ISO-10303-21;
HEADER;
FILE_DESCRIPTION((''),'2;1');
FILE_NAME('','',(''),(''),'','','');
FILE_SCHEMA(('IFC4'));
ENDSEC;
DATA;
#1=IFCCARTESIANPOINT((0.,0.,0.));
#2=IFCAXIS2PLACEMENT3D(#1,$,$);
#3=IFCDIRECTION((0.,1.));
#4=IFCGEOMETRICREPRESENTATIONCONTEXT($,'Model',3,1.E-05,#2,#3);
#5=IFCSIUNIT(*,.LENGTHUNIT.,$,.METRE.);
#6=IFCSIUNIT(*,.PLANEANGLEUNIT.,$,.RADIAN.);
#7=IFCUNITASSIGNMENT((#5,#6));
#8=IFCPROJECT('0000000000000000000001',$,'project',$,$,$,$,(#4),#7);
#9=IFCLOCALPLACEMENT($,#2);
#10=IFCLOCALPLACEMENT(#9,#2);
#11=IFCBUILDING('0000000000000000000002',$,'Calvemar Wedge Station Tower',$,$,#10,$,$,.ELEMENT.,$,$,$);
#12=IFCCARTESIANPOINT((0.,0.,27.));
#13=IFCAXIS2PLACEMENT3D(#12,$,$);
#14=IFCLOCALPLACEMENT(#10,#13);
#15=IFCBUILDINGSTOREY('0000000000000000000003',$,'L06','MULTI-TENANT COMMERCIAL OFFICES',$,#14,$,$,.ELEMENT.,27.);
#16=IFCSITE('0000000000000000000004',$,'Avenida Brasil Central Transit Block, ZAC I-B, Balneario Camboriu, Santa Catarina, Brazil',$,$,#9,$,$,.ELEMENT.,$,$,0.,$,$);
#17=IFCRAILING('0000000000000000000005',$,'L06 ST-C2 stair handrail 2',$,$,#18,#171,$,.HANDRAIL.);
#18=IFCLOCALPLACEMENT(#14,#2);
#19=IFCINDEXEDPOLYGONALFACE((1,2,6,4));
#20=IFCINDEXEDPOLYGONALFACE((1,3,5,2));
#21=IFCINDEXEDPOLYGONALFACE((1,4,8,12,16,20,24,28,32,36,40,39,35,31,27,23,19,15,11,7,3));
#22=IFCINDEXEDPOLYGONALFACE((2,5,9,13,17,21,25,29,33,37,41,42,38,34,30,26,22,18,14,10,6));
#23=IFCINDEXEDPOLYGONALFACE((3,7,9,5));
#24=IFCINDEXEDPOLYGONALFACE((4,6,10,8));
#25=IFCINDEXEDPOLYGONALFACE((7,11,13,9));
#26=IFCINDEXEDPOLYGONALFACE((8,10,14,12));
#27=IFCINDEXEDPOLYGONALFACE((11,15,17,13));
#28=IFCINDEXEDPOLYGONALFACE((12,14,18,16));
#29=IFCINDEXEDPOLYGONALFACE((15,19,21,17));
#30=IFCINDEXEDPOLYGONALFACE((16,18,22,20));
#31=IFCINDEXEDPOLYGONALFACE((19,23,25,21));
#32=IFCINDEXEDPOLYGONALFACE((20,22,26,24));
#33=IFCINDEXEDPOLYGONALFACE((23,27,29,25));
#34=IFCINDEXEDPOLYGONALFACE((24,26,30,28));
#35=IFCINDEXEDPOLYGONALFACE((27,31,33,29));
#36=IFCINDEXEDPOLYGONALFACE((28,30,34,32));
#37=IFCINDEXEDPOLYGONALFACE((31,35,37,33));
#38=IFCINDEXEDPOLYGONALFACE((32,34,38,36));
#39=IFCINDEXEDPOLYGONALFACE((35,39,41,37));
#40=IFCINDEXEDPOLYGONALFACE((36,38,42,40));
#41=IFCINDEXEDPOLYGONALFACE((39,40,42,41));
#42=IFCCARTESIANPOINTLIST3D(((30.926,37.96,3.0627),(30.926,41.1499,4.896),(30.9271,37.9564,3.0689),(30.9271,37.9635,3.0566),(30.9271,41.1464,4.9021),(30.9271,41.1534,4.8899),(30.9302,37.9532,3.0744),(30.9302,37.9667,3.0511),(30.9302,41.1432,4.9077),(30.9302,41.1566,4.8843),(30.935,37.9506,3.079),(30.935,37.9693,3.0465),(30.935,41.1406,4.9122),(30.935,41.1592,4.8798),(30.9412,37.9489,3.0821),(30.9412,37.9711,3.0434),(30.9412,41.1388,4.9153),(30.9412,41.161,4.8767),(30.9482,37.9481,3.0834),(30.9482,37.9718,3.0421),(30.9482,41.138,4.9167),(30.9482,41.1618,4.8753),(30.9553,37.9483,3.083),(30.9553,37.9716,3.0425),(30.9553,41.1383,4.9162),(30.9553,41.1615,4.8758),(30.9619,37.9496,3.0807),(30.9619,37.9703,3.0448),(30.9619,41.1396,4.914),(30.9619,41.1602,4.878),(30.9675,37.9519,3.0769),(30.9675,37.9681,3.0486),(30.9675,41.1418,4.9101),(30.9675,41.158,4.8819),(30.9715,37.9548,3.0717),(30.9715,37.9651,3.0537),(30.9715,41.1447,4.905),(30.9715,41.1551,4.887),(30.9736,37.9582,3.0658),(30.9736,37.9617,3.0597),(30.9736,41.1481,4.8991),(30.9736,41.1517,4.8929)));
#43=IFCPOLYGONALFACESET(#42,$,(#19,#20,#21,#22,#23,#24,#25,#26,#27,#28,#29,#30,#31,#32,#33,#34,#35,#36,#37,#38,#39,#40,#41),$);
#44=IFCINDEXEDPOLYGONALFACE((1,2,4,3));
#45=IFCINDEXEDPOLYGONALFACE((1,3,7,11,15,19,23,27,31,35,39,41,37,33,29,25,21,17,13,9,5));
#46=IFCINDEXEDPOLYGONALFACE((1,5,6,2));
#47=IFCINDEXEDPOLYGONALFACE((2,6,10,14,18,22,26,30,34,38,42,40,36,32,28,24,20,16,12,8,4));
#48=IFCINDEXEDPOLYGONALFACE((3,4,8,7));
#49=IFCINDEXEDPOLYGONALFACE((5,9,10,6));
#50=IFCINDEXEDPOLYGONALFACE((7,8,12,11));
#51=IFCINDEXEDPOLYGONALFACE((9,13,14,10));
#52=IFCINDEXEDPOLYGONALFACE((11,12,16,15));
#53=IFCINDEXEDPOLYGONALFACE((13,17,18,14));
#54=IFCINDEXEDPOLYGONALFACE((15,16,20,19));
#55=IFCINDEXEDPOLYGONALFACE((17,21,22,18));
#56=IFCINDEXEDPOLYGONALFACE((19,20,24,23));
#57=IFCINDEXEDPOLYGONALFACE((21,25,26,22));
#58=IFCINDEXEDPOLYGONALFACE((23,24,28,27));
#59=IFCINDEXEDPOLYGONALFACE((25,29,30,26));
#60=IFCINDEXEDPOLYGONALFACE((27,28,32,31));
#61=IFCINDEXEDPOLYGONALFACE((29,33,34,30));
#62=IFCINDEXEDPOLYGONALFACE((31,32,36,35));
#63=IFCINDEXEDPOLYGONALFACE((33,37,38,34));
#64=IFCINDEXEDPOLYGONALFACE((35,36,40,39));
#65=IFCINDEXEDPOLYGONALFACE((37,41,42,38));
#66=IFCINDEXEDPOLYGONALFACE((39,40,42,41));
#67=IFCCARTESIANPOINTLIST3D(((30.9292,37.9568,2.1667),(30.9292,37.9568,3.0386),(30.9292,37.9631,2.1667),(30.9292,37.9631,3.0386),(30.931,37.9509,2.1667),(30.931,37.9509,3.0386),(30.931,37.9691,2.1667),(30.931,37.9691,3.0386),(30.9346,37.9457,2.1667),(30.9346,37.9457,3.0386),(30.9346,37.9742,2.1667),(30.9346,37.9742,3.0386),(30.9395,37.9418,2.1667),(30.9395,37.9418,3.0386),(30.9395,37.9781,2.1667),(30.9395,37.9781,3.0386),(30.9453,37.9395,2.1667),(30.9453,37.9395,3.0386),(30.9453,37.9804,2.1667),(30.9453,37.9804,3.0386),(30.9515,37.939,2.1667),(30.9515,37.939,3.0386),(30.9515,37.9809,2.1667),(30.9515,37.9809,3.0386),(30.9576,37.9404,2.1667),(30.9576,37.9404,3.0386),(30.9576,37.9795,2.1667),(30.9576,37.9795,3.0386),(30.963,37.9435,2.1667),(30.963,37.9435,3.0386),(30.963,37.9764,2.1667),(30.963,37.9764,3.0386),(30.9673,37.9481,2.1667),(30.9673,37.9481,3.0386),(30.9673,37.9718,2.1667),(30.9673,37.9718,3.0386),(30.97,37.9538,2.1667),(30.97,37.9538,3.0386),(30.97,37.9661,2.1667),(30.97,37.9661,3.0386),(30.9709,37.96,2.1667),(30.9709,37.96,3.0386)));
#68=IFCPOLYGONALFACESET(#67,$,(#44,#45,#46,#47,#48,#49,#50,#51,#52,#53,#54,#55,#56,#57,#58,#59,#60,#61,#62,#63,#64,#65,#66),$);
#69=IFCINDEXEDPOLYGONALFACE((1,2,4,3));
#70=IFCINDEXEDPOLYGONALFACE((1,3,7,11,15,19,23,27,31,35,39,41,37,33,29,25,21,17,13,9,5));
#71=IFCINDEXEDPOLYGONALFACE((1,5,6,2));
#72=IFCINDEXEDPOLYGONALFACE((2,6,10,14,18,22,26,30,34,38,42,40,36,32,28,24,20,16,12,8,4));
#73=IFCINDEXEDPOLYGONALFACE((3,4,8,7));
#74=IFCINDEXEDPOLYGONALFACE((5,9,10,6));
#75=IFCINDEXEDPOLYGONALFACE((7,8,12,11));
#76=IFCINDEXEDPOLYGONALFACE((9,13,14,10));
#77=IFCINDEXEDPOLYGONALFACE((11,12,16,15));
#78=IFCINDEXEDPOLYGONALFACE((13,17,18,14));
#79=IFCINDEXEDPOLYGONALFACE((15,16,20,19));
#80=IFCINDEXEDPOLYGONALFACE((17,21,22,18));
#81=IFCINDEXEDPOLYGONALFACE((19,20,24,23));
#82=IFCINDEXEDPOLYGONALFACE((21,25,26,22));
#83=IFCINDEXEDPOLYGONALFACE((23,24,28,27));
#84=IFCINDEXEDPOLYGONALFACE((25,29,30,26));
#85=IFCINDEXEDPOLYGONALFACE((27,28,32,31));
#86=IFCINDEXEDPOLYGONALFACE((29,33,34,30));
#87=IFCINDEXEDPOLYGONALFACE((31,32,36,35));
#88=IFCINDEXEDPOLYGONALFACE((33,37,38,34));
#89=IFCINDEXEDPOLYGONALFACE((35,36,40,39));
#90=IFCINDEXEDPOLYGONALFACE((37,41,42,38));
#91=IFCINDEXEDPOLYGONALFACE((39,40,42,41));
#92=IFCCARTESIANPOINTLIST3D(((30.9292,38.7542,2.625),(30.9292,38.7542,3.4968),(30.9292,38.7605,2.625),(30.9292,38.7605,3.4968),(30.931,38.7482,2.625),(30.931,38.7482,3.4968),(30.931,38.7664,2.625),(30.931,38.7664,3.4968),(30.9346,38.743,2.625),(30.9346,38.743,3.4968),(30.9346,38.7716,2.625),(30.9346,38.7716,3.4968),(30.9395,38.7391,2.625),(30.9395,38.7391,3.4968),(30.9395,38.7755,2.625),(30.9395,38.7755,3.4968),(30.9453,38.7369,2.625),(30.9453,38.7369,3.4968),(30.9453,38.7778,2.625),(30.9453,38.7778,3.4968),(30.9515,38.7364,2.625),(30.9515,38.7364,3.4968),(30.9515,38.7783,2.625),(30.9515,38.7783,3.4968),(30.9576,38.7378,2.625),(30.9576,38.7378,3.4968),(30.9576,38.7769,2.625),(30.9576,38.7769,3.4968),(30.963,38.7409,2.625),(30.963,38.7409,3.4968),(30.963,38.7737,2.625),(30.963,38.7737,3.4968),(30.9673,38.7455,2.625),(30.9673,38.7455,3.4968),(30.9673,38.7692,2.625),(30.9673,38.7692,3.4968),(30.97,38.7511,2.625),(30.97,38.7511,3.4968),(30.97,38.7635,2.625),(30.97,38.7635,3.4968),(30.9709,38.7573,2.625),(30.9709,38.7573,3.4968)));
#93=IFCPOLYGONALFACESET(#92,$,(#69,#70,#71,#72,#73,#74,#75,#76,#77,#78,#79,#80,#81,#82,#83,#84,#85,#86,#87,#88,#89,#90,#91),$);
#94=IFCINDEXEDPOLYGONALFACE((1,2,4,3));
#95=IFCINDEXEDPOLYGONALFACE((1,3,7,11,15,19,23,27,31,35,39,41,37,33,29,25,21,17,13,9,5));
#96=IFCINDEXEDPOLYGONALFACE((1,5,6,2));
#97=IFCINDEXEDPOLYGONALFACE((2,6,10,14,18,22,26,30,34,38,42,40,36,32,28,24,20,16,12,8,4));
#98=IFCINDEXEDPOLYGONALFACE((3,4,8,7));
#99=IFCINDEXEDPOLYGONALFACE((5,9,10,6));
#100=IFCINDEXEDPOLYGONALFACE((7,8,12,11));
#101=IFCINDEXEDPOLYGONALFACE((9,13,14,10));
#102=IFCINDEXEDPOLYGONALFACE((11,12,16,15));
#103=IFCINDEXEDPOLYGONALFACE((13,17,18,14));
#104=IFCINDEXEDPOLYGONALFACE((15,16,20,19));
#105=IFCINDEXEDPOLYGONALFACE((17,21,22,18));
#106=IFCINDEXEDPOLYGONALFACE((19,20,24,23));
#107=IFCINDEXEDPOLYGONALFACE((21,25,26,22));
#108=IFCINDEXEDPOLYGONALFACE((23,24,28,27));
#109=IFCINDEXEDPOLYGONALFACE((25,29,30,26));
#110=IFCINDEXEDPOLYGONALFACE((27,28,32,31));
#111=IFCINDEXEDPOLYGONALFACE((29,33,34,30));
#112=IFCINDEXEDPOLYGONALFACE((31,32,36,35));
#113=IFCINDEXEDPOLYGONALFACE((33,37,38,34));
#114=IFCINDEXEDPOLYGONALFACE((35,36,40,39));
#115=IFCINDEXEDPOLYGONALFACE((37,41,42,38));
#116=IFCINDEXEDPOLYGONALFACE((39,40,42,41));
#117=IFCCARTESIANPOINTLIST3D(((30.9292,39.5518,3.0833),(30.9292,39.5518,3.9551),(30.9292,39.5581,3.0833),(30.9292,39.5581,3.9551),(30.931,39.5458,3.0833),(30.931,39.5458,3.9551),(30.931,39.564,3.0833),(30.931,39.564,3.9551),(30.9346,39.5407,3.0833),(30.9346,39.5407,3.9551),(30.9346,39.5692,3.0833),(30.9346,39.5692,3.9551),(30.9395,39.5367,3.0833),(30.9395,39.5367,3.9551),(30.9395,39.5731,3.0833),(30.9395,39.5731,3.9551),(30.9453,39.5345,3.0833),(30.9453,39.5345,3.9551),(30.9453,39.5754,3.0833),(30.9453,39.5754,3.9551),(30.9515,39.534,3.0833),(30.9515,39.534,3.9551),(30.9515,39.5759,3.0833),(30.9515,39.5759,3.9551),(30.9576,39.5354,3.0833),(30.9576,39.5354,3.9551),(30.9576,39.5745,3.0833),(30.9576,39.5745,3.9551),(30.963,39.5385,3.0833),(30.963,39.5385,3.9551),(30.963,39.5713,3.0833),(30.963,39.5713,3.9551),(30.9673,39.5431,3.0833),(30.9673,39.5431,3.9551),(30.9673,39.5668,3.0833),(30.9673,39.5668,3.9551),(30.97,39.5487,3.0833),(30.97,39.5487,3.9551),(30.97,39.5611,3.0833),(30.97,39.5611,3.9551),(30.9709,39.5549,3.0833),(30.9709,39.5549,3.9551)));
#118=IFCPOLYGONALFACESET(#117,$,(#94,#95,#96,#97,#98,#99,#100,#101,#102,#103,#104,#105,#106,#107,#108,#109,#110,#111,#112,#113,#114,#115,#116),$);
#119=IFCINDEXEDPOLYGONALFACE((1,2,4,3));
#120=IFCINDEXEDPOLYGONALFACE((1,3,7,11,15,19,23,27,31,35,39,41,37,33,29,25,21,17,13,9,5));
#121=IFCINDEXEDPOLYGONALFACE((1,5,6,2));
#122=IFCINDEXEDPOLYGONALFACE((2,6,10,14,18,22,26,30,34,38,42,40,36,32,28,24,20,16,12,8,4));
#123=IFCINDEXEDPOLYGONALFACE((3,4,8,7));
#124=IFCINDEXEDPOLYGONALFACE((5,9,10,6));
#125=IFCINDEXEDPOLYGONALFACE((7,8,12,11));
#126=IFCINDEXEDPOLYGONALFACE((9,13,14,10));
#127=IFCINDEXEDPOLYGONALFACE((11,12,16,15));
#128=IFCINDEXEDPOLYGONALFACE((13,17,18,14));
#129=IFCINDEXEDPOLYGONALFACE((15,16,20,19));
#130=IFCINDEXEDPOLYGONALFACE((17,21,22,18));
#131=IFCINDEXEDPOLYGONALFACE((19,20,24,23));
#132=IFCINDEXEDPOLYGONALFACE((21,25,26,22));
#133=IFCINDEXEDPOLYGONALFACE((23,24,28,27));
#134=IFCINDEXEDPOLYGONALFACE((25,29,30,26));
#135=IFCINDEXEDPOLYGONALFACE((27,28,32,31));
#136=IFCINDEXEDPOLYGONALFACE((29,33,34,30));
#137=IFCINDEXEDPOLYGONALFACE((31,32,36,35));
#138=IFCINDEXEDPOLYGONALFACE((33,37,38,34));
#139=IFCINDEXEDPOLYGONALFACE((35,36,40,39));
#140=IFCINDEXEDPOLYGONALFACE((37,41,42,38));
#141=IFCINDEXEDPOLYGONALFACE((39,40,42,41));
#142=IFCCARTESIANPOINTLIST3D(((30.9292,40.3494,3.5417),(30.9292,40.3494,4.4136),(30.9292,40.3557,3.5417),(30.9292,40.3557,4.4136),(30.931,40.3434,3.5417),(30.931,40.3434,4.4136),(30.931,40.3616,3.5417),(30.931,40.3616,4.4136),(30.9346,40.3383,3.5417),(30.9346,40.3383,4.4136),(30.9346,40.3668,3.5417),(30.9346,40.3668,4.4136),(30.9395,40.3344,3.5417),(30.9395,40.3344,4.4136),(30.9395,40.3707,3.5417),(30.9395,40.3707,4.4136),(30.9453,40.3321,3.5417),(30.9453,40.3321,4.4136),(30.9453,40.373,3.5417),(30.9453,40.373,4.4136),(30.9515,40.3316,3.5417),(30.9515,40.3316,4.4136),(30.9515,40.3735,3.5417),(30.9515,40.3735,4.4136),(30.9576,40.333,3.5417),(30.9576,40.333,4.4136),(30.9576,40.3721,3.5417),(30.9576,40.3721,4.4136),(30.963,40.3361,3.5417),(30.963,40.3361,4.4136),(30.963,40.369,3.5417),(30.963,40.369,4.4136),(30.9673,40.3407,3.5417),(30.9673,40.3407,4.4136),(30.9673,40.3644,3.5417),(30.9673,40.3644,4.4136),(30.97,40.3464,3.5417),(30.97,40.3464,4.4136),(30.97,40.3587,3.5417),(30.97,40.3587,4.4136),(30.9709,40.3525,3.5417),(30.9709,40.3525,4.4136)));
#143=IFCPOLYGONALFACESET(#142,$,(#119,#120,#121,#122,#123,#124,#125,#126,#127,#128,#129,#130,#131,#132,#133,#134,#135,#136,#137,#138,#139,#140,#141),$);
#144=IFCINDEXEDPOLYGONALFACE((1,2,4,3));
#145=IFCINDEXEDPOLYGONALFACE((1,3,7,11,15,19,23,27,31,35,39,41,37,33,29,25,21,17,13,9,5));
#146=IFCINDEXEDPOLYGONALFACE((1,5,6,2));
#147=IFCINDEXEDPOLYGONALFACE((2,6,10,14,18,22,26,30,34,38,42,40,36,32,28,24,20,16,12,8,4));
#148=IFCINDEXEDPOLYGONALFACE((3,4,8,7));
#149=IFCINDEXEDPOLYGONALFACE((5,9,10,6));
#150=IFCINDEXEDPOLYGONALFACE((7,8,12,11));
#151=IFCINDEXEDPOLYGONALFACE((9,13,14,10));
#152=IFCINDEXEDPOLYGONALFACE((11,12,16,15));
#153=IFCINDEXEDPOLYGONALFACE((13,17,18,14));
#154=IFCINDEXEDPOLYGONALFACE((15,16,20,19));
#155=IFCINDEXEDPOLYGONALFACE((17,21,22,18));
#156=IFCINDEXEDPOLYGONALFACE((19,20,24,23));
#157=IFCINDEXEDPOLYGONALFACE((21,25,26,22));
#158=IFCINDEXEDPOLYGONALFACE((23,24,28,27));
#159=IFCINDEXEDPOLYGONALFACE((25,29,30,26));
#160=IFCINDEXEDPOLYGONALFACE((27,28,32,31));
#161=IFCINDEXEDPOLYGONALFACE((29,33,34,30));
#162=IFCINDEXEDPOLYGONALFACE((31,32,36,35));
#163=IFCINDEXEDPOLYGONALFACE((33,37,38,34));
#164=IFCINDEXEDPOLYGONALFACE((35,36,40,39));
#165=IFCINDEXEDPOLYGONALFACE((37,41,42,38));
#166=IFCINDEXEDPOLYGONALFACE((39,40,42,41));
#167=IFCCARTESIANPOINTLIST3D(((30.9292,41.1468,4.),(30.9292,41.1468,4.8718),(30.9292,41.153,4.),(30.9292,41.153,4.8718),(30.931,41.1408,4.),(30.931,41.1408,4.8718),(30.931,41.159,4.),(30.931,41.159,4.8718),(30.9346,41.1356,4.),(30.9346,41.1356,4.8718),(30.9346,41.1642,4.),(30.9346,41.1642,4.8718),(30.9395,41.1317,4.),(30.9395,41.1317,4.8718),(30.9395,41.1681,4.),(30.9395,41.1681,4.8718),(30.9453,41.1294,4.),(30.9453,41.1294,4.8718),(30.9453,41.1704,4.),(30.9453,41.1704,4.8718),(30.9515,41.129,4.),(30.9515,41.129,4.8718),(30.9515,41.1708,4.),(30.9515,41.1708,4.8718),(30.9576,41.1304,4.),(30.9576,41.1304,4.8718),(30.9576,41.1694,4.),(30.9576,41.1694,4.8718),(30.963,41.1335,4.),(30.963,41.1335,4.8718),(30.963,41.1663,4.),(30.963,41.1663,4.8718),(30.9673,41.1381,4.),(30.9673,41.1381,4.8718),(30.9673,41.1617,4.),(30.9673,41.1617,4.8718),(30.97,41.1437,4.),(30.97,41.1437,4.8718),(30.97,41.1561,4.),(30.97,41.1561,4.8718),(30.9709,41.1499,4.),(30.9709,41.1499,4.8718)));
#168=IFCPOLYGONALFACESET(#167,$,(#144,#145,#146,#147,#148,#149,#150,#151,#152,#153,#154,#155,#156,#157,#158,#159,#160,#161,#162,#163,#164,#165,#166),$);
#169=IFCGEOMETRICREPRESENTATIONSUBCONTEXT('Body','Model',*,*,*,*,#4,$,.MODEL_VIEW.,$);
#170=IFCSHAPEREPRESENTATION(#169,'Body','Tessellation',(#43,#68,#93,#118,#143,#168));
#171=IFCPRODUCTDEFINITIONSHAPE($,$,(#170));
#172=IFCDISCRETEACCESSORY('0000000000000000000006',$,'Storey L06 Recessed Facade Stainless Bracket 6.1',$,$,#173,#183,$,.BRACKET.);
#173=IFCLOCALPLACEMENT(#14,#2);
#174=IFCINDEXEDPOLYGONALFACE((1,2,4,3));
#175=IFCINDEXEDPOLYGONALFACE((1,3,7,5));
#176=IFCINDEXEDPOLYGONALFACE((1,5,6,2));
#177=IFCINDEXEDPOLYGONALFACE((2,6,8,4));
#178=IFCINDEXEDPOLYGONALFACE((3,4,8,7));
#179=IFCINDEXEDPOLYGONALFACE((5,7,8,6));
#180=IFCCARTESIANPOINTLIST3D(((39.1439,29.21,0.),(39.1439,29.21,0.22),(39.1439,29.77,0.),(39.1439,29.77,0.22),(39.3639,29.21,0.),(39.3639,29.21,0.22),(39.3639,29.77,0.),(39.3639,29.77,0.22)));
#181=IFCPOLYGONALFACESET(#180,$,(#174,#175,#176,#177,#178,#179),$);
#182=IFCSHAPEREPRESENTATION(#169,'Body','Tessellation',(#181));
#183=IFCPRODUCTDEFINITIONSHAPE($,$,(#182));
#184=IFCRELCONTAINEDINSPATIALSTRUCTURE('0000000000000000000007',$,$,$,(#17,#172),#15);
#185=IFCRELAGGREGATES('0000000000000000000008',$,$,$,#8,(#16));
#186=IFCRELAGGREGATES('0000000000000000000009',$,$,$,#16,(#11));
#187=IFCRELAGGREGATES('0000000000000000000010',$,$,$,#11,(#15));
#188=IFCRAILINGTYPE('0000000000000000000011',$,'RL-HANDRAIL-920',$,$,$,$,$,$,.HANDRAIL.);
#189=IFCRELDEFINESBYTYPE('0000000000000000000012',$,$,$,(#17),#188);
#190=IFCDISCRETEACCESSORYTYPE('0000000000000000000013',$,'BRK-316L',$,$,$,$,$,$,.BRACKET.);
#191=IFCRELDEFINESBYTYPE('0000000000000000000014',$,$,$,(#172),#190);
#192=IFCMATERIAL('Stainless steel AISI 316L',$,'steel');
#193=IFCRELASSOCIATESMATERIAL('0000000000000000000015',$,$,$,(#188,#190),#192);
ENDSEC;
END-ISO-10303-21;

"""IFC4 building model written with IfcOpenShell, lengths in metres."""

from ifc_helpers import new_model, si_unit, direction, frame, origin, origin_2d, place, context, subcontext, project, spatial, rectangle, circle, extrude, source, transform, mapped, material, type_object, element, save


model = new_model("IFC4")

# Units and contexts
model_context = context("Model", 3, precision=1e-05, world=origin(), true_north=direction((0.0, 1.0)))
body_context = subcontext(model_context, "Body", "Model", "MODEL_VIEW")
ifc_project = project(units=[si_unit("LENGTHUNIT", "METRE"), si_unit("PLANEANGLEUNIT", "RADIAN")], contexts=[model_context])

# Site, building, storey
site_placement = place(None, origin())
site = spatial("IfcSite", under=ifc_project, at=site_placement, Name="Avenida Brasil Central Transit Block, ZAC I-B, Balneario Camboriu, Santa Catarina, Brazil", CompositionType="ELEMENT", RefElevation=0.0)
building_placement = place(site_placement, origin())
building = spatial("IfcBuilding", under=site, at=building_placement, Name="Calvemar Wedge Station Tower", CompositionType="ELEMENT")
storey_placement = place(building_placement, frame((0.0, 0.0, 27.0)))
storey = spatial("IfcBuildingStorey", under=building, at=storey_placement, Name="L06", Description="MULTI-TENANT COMMERCIAL OFFICES", CompositionType="ELEMENT", Elevation=27.0)

# Railing
ifc_material_1 = material(Name="Stainless steel AISI 316L", Category="steel")
railing_type = type_object("IfcRailingType", Name="RL-HANDRAIL-920", PredefinedType="HANDRAIL", material=ifc_material_1)
railing_placement = place(storey_placement, frame((30.95, 37.96, 2.1667)))
element("IfcRailing", 1, at=railing_placement, inside=storey, type_object=railing_type, Name="L06 ST-C2 stair handrail 2", PredefinedType="HANDRAIL", context=body_context, shape_type="SweptSolid", body=[
    extrude(circle(Radius=0.0239, at=origin_2d()), frame((0.0, 0.0, 0.896), z_axis=(0.0, 0.86702, 0.498274), x_axis=(-1.0, 0.0, 0.0)), (0.0, 0.0, 1.0), 3.6792),
    extrude(circle(Radius=0.021, at=origin_2d()), origin(), (0.0, 0.0, 1.0), 0.8718),
    extrude(circle(Radius=0.021, at=origin_2d()), frame((0.0, 0.7974, 0.4583)), (0.0, 0.0, 1.0), 0.8718),
    extrude(circle(Radius=0.021, at=origin_2d()), frame((0.0, 1.595, 0.9165)), (0.0, 0.0, 1.0), 0.8718),
    extrude(circle(Radius=0.021, at=origin_2d()), frame((0.0, 2.3926, 1.375)), (0.0, 0.0, 1.0), 0.8718),
    extrude(circle(Radius=0.021, at=origin_2d()), frame((0.0, 3.1899, 1.8333)), (0.0, 0.0, 1.0), 0.8718),
])

# Discrete accessory
discrete_accessory_type = type_object("IfcDiscreteAccessoryType", Name="BRK-316L", PredefinedType="BRACKET", material=ifc_material_1)
shared_shape_1 = source(origin(), body_context, "Body", "SweptSolid", [
    extrude(rectangle(XDim=0.22, YDim=0.5601, at=origin_2d()), origin(), (0.0, 0.0, 1.0), 0.22),
])
discrete_accessory_placement = place(storey_placement, frame((39.2539, 29.49, 0.0), z_axis=(0.0, 0.0, 1.0), x_axis=(1.0, 0.0, 0.0)))
element("IfcDiscreteAccessory", 2, at=discrete_accessory_placement, inside=storey, type_object=discrete_accessory_type, Name="Storey L06 Recessed Facade Stainless Bracket 6.1", PredefinedType="BRACKET", context=body_context, shape_type="MappedRepresentation", body=[
    mapped(shared_shape_1, transform((0.0, 0.0, 0.0), scale=1.0)),
])

save(model, "model.ifc")
